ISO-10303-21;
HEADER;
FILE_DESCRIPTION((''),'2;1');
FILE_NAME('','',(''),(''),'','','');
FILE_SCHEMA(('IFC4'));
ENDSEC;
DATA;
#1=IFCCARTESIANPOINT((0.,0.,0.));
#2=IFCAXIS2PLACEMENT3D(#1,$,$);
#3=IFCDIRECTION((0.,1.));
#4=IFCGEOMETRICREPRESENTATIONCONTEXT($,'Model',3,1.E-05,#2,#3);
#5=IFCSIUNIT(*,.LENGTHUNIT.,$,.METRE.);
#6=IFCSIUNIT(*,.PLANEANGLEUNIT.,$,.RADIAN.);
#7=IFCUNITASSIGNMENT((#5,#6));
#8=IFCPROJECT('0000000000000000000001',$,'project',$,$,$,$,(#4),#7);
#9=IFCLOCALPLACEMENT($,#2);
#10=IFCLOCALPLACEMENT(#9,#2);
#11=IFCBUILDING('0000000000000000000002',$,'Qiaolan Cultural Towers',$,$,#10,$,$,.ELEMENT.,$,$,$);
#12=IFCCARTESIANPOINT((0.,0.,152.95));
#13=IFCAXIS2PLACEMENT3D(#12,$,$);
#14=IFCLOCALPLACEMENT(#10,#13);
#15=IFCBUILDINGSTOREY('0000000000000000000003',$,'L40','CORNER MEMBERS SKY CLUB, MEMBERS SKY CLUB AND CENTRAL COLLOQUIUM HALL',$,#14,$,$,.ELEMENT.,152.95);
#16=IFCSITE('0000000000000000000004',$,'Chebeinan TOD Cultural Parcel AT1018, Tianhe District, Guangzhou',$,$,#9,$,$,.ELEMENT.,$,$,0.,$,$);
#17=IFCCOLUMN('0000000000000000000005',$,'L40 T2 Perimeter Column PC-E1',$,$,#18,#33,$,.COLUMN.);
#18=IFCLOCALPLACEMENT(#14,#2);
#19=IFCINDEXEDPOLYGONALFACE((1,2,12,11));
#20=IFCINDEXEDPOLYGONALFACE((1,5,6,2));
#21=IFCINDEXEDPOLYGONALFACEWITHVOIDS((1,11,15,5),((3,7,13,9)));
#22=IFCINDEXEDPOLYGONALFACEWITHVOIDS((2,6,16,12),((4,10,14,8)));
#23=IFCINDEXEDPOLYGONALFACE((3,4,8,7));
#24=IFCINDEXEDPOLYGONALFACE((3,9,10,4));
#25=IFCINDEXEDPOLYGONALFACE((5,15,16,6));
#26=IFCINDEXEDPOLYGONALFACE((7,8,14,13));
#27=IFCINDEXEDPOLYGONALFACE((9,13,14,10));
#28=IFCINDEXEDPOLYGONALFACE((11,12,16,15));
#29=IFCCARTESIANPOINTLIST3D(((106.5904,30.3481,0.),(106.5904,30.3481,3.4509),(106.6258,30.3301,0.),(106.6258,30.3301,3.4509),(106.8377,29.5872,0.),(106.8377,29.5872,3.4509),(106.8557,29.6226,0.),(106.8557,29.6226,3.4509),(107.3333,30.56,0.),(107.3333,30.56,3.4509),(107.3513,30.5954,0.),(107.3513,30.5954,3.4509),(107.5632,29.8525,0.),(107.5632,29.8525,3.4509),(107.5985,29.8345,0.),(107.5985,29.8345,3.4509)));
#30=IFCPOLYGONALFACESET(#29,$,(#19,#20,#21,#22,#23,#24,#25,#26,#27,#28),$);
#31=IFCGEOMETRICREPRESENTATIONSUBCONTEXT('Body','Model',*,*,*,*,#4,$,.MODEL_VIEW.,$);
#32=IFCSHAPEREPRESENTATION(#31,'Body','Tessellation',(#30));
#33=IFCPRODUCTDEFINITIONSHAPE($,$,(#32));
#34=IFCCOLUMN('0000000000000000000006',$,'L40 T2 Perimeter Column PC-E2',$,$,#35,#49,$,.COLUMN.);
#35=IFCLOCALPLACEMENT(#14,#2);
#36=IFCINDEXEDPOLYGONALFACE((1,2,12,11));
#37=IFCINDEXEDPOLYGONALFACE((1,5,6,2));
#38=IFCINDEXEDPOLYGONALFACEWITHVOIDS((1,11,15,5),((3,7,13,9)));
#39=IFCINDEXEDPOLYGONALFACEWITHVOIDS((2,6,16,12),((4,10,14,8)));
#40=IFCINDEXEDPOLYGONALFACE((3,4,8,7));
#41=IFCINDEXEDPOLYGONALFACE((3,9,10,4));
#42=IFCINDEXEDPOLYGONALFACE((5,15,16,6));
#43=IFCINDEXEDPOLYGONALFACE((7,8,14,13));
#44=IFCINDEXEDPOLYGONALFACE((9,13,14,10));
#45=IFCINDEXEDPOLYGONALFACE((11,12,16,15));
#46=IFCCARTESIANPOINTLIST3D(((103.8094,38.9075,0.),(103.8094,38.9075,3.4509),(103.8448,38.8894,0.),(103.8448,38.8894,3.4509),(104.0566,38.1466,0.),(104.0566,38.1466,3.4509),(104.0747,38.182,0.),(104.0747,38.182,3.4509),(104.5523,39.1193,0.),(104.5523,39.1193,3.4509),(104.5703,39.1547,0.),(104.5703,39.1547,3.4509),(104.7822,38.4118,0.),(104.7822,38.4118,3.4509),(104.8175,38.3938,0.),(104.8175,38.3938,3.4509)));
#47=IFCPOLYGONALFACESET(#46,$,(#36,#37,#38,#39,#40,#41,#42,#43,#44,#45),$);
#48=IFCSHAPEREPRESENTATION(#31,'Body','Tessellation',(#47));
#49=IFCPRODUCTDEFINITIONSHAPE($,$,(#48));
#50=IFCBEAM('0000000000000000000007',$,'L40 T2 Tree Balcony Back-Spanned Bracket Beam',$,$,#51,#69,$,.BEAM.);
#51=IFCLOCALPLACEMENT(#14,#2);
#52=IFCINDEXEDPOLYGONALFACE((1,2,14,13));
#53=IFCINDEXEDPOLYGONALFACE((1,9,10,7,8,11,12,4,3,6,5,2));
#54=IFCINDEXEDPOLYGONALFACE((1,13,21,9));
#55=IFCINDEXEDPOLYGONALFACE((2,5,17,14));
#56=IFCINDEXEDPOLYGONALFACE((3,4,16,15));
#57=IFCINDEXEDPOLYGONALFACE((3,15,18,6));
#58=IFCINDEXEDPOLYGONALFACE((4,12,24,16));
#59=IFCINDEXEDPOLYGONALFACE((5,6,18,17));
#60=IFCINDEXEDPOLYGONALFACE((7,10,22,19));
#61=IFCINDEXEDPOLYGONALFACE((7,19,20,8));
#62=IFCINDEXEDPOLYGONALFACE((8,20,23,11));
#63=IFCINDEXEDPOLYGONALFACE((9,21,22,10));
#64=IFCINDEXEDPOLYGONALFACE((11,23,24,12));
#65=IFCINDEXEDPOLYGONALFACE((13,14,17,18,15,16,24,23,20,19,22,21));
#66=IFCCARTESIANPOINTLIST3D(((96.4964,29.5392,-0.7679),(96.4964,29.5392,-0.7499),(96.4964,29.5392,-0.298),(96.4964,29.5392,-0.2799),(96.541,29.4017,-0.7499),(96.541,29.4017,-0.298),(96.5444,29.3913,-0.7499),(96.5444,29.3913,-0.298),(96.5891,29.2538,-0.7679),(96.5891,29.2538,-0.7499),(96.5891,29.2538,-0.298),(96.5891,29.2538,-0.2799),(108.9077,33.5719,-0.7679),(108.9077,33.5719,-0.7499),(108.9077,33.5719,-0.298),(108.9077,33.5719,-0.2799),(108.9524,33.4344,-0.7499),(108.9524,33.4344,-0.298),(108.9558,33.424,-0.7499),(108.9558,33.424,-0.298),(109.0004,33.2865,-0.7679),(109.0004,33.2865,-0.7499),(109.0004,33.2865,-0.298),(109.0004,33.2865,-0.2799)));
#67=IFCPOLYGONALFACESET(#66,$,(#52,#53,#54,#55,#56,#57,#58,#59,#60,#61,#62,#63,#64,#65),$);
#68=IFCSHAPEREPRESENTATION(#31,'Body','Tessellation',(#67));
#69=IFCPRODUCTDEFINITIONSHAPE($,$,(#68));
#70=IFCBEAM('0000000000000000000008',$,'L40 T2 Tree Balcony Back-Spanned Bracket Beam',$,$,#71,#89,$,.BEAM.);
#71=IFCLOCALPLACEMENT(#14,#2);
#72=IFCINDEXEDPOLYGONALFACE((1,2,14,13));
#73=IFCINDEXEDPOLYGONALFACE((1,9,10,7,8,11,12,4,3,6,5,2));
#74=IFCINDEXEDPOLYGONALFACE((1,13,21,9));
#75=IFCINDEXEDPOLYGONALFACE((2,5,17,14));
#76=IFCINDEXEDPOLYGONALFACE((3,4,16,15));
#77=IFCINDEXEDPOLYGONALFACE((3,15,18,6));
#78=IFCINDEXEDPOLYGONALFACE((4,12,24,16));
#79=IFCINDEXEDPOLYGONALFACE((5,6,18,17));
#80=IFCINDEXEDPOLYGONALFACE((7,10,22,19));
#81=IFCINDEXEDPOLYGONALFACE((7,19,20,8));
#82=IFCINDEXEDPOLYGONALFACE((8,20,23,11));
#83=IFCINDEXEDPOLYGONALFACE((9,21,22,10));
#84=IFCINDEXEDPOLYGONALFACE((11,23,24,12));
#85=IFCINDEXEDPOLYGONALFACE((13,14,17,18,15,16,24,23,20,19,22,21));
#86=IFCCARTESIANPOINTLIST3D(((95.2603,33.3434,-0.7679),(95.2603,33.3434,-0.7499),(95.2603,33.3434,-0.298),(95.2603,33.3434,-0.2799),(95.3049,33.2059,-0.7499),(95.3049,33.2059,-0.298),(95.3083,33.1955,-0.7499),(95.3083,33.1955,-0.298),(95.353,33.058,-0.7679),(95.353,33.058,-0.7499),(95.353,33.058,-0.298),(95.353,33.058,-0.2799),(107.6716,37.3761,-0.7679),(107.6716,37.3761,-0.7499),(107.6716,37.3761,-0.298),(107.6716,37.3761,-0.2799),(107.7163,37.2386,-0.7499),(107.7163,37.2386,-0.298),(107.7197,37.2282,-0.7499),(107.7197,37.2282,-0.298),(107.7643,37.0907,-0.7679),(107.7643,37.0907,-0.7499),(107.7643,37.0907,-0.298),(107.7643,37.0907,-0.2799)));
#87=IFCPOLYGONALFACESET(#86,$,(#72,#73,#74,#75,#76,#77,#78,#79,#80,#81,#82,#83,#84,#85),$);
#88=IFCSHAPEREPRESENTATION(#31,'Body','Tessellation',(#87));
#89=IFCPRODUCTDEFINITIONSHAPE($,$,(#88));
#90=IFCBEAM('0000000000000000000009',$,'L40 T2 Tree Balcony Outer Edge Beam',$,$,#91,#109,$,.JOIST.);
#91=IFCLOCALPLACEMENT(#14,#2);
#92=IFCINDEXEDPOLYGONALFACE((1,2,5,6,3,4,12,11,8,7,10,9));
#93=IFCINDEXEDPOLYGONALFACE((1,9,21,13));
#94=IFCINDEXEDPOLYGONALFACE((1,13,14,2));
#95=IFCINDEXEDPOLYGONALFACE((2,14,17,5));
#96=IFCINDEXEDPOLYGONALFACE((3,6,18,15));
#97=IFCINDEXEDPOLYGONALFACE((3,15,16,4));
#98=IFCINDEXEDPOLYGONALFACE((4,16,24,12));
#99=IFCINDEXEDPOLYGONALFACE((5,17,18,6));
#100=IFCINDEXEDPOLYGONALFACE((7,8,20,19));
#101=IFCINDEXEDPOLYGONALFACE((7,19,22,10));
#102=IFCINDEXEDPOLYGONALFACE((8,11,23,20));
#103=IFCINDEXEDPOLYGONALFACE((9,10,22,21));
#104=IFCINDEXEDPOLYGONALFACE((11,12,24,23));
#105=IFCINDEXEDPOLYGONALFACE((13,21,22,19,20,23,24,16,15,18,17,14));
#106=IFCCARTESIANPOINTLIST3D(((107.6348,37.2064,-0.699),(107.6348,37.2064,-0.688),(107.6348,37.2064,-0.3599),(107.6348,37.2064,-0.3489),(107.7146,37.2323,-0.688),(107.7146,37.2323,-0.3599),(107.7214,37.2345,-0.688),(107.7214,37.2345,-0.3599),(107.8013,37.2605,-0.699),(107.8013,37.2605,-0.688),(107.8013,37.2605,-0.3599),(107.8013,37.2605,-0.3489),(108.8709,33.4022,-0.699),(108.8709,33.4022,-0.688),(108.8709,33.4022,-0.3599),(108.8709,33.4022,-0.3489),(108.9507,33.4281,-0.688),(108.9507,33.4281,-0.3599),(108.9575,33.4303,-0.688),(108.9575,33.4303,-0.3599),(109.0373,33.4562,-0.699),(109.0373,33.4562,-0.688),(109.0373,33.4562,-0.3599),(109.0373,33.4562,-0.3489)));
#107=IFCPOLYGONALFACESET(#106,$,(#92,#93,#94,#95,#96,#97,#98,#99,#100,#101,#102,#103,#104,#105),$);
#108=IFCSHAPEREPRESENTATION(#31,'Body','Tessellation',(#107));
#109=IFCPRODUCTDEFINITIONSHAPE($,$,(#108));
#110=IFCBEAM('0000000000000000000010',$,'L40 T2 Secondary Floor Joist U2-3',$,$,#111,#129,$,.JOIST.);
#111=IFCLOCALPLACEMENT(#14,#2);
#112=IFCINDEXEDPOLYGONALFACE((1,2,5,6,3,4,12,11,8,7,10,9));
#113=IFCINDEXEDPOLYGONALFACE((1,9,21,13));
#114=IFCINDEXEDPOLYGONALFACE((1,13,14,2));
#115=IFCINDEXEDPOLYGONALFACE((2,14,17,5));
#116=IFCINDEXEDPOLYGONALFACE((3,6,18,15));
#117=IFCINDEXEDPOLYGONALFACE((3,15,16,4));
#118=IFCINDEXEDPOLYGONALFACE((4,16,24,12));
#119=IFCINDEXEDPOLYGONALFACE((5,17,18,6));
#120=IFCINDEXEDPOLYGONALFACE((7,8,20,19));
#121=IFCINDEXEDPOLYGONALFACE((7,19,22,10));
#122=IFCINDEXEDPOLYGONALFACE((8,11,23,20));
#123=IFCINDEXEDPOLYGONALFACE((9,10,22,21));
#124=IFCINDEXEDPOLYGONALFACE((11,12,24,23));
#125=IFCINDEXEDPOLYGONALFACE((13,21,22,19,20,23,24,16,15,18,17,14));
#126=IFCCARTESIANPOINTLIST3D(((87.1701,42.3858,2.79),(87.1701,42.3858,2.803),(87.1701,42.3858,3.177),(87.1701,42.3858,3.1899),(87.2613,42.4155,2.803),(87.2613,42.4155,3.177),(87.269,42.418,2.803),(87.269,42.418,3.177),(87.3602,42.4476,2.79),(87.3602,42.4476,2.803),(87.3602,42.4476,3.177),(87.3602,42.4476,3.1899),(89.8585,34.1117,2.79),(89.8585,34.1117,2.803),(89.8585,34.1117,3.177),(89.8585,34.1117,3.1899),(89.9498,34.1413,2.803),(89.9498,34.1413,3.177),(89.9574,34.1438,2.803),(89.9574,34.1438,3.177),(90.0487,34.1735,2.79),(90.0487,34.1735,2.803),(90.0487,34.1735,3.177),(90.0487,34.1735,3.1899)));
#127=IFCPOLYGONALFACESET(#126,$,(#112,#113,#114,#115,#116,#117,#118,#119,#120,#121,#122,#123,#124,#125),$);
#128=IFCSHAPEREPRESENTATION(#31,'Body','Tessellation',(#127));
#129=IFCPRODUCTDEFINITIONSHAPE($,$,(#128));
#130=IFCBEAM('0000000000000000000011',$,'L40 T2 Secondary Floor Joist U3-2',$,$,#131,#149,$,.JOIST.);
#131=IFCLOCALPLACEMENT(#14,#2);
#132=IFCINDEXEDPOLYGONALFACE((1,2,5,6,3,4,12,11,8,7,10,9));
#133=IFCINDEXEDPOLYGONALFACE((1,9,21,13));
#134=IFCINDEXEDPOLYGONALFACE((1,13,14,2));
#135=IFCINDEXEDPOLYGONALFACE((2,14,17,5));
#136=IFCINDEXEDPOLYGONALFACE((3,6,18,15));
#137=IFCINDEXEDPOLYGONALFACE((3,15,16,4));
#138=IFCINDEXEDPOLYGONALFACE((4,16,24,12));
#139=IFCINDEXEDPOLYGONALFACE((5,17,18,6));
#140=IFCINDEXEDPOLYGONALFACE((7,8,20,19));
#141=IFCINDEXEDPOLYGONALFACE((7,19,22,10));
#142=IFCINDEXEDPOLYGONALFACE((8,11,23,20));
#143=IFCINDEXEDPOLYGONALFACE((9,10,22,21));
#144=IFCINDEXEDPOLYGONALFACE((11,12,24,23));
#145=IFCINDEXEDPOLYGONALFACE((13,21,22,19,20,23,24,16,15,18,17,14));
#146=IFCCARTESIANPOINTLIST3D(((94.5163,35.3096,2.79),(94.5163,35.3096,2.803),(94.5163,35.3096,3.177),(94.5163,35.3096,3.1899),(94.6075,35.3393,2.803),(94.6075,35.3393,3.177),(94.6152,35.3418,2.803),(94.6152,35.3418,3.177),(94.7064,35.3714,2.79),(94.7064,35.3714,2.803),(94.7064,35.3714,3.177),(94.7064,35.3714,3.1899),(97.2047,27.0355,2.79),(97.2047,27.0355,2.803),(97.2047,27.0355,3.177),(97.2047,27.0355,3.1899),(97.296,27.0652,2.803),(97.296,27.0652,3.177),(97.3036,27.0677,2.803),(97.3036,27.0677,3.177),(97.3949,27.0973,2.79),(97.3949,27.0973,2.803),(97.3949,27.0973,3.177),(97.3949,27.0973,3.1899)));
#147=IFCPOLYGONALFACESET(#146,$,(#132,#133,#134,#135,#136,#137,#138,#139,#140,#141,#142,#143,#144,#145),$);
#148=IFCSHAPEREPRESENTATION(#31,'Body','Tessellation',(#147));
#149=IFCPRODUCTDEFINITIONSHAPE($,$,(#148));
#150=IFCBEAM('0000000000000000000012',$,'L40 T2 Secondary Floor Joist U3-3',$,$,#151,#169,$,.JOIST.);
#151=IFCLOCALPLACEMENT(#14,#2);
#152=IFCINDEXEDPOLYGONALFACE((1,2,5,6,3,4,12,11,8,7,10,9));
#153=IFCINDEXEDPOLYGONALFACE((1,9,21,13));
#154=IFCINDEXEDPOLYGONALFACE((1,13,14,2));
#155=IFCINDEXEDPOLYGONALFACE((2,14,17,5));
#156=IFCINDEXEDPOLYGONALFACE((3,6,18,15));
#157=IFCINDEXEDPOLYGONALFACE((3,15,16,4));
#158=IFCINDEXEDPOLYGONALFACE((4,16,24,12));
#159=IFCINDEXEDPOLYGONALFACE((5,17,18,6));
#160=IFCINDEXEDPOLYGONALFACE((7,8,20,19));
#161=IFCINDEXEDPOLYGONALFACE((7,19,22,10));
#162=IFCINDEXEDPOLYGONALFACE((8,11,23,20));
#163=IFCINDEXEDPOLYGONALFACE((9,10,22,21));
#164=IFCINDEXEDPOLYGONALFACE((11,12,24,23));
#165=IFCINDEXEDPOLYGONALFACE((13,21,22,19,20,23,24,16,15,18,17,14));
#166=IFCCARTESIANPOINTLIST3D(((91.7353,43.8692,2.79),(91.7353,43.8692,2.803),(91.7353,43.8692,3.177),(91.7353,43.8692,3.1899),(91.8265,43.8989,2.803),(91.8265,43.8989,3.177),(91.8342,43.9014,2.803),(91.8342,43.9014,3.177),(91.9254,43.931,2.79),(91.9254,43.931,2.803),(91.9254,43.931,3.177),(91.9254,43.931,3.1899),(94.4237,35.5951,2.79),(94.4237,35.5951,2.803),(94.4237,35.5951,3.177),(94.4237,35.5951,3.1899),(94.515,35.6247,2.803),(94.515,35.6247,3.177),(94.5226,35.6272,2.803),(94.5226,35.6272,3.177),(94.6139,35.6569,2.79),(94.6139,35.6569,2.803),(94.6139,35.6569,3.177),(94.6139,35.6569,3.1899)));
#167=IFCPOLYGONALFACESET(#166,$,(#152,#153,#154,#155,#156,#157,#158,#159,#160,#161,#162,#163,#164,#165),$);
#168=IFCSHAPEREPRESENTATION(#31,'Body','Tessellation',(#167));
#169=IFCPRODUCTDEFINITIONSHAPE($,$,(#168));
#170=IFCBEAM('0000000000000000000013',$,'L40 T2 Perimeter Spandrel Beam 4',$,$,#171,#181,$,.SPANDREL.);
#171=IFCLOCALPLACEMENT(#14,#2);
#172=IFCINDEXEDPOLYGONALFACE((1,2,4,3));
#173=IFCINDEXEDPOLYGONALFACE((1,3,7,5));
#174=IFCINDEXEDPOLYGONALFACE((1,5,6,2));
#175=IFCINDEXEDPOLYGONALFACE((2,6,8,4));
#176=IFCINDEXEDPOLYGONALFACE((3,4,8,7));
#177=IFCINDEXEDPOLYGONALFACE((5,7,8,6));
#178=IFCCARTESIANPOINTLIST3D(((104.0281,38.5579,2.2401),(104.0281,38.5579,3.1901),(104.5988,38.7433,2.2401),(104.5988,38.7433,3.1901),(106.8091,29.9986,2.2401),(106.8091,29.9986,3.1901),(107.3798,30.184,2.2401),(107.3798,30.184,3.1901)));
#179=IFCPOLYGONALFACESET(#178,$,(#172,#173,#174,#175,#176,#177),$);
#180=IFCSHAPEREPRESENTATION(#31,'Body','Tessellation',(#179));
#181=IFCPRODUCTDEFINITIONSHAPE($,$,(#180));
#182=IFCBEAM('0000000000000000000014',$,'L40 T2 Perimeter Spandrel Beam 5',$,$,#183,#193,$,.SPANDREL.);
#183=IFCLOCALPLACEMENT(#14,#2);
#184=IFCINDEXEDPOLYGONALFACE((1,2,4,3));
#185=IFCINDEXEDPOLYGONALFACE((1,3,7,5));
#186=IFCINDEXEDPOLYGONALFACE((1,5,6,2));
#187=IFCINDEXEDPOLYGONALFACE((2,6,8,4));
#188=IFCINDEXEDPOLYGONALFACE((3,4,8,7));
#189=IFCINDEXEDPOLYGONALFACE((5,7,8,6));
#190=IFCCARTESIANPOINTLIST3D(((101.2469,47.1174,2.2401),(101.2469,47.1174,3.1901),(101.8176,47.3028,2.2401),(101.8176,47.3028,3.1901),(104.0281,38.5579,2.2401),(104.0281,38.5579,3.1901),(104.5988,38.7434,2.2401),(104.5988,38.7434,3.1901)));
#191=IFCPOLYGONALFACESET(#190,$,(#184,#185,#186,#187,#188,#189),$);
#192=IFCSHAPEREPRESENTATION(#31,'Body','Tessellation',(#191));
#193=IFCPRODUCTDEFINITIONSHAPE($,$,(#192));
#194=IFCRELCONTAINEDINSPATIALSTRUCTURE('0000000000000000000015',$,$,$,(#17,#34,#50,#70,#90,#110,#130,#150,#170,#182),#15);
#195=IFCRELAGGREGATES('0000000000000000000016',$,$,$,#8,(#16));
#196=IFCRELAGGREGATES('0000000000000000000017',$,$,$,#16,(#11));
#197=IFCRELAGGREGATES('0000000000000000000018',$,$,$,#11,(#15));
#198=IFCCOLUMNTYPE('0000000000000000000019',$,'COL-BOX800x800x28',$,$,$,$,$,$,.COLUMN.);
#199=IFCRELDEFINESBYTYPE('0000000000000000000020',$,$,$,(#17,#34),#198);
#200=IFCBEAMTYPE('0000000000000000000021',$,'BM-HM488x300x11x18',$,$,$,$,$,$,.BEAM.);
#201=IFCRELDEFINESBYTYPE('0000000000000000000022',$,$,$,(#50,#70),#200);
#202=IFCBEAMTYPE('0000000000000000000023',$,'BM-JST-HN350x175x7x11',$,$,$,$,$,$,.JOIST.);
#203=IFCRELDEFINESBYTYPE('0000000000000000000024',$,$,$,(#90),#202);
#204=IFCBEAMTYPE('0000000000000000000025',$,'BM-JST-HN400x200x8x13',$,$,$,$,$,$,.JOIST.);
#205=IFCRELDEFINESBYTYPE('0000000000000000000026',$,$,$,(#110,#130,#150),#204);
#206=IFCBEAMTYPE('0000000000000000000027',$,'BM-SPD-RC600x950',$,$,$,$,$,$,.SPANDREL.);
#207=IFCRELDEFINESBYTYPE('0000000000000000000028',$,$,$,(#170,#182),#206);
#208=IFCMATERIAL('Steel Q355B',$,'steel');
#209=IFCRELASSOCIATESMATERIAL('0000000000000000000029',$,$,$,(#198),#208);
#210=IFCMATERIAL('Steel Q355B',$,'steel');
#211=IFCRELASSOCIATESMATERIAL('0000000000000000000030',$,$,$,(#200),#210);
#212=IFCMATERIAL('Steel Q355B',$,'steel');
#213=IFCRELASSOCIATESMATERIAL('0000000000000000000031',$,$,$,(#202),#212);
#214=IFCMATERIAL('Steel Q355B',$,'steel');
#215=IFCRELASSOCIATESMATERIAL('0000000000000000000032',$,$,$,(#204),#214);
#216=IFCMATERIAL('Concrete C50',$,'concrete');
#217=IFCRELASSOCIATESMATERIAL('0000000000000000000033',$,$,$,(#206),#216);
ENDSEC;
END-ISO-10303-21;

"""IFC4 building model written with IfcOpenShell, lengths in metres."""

from ifc_helpers import new_model, si_unit, direction, frame, origin, origin_2d, place, context, subcontext, project, spatial, rectangle, hollow_rectangle, i_section, extrude, material, material_profile, profile_set, type_object, element, save


model = new_model("IFC4")

# Units and contexts
model_context = context("Model", 3, precision=1e-05, world=origin(), true_north=direction((0.0, 1.0)))
body_context = subcontext(model_context, "Body", "Model", "MODEL_VIEW")
ifc_project = project(units=[si_unit("LENGTHUNIT", "METRE"), si_unit("PLANEANGLEUNIT", "RADIAN")], contexts=[model_context])

# Site, building, storey
site_placement = place(None, origin())
site = spatial("IfcSite", under=ifc_project, at=site_placement, Name="Chebeinan TOD Cultural Parcel AT1018, Tianhe District, Guangzhou", CompositionType="ELEMENT", RefElevation=0.0)
building_placement = place(site_placement, origin())
building = spatial("IfcBuilding", under=site, at=building_placement, Name="Qiaolan Cultural Towers", CompositionType="ELEMENT")
storey_placement = place(building_placement, frame((0.0, 0.0, 152.95)))
storey = spatial("IfcBuildingStorey", under=building, at=storey_placement, Name="L40", Description="CORNER MEMBERS SKY CLUB, MEMBERS SKY CLUB AND CENTRAL COLLOQUIUM HALL", CompositionType="ELEMENT", Elevation=152.95)

# Columns
ifc_material_1 = material(Name="Steel Q355B", Category="steel")
ifc_material_profile_1 = material_profile(ifc_material_1, hollow_rectangle(XDim=0.8, YDim=0.8, WallThickness=0.0281, at=origin_2d()), Name="BOX800x800x28")
ifc_profile_set_1 = profile_set([ifc_material_profile_1], Name="Steel Q355B")
column_type = type_object("IfcColumnType", Name="COL-BOX800x800x28", PredefinedType="COLUMN", material=ifc_profile_set_1)
for number, where, z_axis, x_axis, name in (
    (1, (107.0945, 30.0913, 0.0), (0.0, 0.0, 1.0), (0.951057, 0.309017, 0.0), "L40 T2 Perimeter Column PC-E1"),
    (2, (104.3135, 38.6506, 0.0), (0.0, 0.0, 1.0), (0.951057, 0.309017, 0.0), "L40 T2 Perimeter Column PC-E2"),
):
    element("IfcColumn", number, at=place(storey_placement, frame(where, z_axis=z_axis, x_axis=x_axis)), inside=storey, type_object=column_type, Name=name, PredefinedType="COLUMN", context=body_context, shape_type="SweptSolid", body=[
        extrude(hollow_rectangle(XDim=0.8, YDim=0.8, WallThickness=0.0281, at=origin_2d()), origin(), (0.0, 0.0, 1.0), 3.4509),
    ])

# Beams
ifc_material_2 = material(Name="Steel Q355B", Category="steel")
ifc_material_profile_2 = material_profile(ifc_material_2, i_section(OverallWidth=0.3, OverallDepth=0.488, WebThickness=0.011, FlangeThickness=0.0181, at=origin_2d()), Name="HM488x300x11x18")
ifc_profile_set_2 = profile_set([ifc_material_profile_2], Name="Steel Q355B")
beam_type_1 = type_object("IfcBeamType", Name="BM-HM488x300x11x18", PredefinedType="BEAM", material=ifc_profile_set_2)
for number, where, z_axis, x_axis, name in (
    (3, (96.5427, 29.3965, -0.5239), (0.951056, 0.309018, 0.0), (-0.309018, 0.951056, 0.0), "L40 T2 Tree Balcony Back-Spanned Bracket Beam"),
    (4, (95.3066, 33.2007, -0.5239), (0.951056, 0.309018, 0.0), (-0.309018, 0.951056, 0.0), "L40 T2 Tree Balcony Back-Spanned Bracket Beam"),
):
    element("IfcBeam", number, at=place(storey_placement, frame(where, z_axis=z_axis, x_axis=x_axis)), inside=storey, type_object=beam_type_1, Name=name, PredefinedType="BEAM", context=body_context, shape_type="SweptSolid", body=[
        extrude(i_section(OverallWidth=0.3, OverallDepth=0.488, WebThickness=0.011, FlangeThickness=0.0181, at=origin_2d()), origin(), (0.0, 0.0, 1.0), 13.05),
    ])
ifc_material_3 = material(Name="Steel Q355B", Category="steel")
ifc_material_profile_3 = material_profile(ifc_material_3, i_section(OverallWidth=0.175, OverallDepth=0.3501, WebThickness=0.0071, FlangeThickness=0.011, at=origin_2d()), Name="HN350x175x7x11")
ifc_profile_set_3 = profile_set([ifc_material_profile_3], Name="Steel Q355B")
beam_type_2 = type_object("IfcBeamType", Name="BM-JST-HN350x175x7x11", PredefinedType="JOIST", material=ifc_profile_set_3)
beam_1_placement = place(storey_placement, frame((108.9541, 33.4292, -0.5239), z_axis=(-0.309023, 0.951055, 0.0), x_axis=(-0.951055, -0.309023, 0.0)))
element("IfcBeam", 5, at=beam_1_placement, inside=storey, type_object=beam_type_2, Name="L40 T2 Tree Balcony Outer Edge Beam", PredefinedType="JOIST", context=body_context, shape_type="SweptSolid", body=[
    extrude(i_section(OverallWidth=0.175, OverallDepth=0.3501, WebThickness=0.0071, FlangeThickness=0.011, at=origin_2d()), origin(), (0.0, 0.0, 1.0), 4.0),
])
ifc_material_4 = material(Name="Steel Q355B", Category="steel")
ifc_material_profile_4 = material_profile(ifc_material_4, i_section(OverallWidth=0.2, OverallDepth=0.3999, WebThickness=0.0081, FlangeThickness=0.0129, at=origin_2d()), Name="HN400x200x8x13")
ifc_profile_set_4 = profile_set([ifc_material_profile_4], Name="Steel Q355B")
beam_type_3 = type_object("IfcBeamType", Name="BM-JST-HN400x200x8x13", PredefinedType="JOIST", material=ifc_profile_set_4)
for number, where, z_axis, x_axis, name in (
    (6, (89.9536, 34.1426, 2.99), (-0.309021, 0.951055, 0.0), (-0.951055, -0.309021, 0.0), "L40 T2 Secondary Floor Joist U2-3"),
    (7, (97.2998, 27.0664, 2.99), (-0.309021, 0.951055, 0.0), (-0.951055, -0.309021, 0.0), "L40 T2 Secondary Floor Joist U3-2"),
    (8, (94.5188, 35.626, 2.99), (-0.309021, 0.951055, 0.0), (-0.951055, -0.309021, 0.0), "L40 T2 Secondary Floor Joist U3-3"),
):
    element("IfcBeam", number, at=place(storey_placement, frame(where, z_axis=z_axis, x_axis=x_axis)), inside=storey, type_object=beam_type_3, Name=name, PredefinedType="JOIST", context=body_context, shape_type="SweptSolid", body=[
        extrude(i_section(OverallWidth=0.2, OverallDepth=0.3999, WebThickness=0.0081, FlangeThickness=0.0129, at=origin_2d()), origin(), (0.0, 0.0, 1.0), 8.7),
    ])
ifc_material_5 = material(Name="Concrete C50", Category="concrete")
ifc_material_profile_5 = material_profile(ifc_material_5, rectangle(XDim=0.6001, YDim=0.95, at=origin_2d()), Name="RC600x950")
ifc_profile_set_5 = profile_set([ifc_material_profile_5], Name="Concrete C50")
beam_type_4 = type_object("IfcBeamType", Name="BM-SPD-RC600x950", PredefinedType="SPANDREL", material=ifc_profile_set_5)
beam_2_placement = place(storey_placement, frame((107.0945, 30.0913, 2.7151), z_axis=(-0.309008, 0.951059, 0.0), x_axis=(-0.951059, -0.309008, 0.0)))
element("IfcBeam", 9, at=beam_2_placement, inside=storey, type_object=beam_type_4, Name="L40 T2 Perimeter Spandrel Beam 4", PredefinedType="SPANDREL", context=body_context, shape_type="SweptSolid", body=[
    extrude(rectangle(XDim=0.6001, YDim=0.95, at=origin_2d()), origin(), (0.0, 0.0, 1.0), 8.9998),
])
beam_3_placement = place(storey_placement, frame((104.3135, 38.6506, 2.7151), z_axis=(-0.309025, 0.951054, 0.0), x_axis=(-0.951054, -0.309025, 0.0)))
element("IfcBeam", 10, at=beam_3_placement, inside=storey, type_object=beam_type_4, Name="L40 T2 Perimeter Spandrel Beam 5", PredefinedType="SPANDREL", context=body_context, shape_type="SweptSolid", body=[
    extrude(rectangle(XDim=0.6001, YDim=0.95, at=origin_2d()), origin(), (0.0, 0.0, 1.0), 9.0),
])

save(model, "model.ifc")
